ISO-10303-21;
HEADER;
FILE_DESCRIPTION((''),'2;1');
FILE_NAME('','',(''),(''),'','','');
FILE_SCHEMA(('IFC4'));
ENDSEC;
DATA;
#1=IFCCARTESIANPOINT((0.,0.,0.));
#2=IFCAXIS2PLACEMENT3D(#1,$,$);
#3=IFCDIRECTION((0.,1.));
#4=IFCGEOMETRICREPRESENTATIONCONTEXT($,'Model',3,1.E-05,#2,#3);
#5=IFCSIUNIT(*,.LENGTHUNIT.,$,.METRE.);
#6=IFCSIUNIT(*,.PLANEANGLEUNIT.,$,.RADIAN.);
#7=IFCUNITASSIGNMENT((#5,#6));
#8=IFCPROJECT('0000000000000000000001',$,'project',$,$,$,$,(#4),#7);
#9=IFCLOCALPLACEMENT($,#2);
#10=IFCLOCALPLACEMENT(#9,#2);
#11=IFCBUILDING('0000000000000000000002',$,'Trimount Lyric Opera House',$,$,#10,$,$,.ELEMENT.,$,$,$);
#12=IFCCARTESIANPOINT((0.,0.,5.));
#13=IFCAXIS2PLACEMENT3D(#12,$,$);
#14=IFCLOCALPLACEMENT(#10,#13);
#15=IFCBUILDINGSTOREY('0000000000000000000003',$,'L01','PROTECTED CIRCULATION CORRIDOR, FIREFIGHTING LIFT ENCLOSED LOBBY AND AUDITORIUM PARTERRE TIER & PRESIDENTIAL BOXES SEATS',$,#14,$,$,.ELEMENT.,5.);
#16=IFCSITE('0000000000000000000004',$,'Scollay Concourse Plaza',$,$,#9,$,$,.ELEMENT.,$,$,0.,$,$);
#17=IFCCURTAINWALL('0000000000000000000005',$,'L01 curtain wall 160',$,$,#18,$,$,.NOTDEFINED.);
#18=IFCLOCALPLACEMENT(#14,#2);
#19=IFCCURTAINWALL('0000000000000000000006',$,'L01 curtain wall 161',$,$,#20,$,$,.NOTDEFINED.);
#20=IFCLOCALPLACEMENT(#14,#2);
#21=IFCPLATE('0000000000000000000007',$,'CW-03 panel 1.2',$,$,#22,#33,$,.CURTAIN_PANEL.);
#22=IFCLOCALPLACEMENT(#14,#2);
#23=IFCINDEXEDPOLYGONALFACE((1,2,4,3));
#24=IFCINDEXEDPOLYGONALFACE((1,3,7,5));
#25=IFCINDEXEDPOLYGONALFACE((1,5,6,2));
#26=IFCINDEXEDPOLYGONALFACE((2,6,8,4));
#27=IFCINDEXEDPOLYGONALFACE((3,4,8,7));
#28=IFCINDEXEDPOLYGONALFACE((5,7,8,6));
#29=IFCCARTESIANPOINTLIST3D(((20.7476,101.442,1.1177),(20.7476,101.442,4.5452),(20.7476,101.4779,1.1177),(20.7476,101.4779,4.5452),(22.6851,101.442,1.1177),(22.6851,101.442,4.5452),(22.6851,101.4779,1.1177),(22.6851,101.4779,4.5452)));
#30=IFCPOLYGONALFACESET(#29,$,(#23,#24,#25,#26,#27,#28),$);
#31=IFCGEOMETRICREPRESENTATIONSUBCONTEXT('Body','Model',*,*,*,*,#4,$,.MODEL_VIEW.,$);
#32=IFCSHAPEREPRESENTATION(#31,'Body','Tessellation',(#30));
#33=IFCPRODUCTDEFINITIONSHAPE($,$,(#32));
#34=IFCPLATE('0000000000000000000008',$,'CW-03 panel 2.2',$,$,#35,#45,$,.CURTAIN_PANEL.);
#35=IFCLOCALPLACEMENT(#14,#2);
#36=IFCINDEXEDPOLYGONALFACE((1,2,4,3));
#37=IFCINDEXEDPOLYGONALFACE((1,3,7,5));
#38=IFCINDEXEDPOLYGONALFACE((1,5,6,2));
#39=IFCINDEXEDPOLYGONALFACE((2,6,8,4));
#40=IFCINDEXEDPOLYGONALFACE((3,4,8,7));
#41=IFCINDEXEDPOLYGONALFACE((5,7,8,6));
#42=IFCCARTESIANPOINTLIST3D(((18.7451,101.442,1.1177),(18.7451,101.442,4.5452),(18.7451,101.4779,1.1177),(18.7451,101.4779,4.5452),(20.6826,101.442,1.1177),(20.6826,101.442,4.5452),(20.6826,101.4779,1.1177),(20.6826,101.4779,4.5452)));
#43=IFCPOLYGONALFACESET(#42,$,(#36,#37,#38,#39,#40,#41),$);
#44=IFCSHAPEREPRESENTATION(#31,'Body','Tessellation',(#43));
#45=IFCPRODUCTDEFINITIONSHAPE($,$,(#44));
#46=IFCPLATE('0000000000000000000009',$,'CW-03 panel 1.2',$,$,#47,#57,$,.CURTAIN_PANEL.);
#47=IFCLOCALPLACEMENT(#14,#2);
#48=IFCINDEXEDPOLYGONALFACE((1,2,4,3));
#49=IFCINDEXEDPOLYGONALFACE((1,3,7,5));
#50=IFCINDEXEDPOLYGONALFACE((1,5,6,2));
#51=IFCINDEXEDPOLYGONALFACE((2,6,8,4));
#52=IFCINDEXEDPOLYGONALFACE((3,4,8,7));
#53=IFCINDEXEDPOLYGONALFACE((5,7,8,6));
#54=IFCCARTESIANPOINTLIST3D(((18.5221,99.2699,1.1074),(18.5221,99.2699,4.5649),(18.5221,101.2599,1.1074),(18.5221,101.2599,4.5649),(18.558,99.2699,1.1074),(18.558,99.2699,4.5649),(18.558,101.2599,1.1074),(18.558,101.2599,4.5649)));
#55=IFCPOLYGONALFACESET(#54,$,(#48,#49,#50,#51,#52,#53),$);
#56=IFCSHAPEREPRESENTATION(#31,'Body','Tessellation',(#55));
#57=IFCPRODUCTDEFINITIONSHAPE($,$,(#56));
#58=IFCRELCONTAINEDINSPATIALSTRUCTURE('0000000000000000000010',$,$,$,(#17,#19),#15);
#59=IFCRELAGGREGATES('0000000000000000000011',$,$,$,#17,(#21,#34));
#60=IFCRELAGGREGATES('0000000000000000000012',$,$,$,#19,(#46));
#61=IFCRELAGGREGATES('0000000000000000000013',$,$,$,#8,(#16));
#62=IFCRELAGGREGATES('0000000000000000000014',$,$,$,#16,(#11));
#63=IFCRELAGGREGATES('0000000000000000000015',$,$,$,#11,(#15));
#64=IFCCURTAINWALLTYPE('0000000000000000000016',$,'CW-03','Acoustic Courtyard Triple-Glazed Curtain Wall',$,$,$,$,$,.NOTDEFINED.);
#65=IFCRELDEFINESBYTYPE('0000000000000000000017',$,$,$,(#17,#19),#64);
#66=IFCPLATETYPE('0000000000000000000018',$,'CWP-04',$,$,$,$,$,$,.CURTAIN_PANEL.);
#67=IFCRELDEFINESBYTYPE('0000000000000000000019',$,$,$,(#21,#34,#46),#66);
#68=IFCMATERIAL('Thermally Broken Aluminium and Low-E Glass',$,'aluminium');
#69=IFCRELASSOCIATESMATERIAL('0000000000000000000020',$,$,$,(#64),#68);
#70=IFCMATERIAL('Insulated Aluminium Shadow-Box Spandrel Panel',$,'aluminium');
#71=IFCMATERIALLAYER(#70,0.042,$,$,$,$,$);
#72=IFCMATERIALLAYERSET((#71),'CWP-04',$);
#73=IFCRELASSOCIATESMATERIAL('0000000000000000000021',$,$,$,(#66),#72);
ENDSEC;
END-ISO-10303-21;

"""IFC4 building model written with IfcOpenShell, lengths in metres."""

from ifc_helpers import new_model, si_unit, direction, frame, origin, origin_2d, place, context, subcontext, project, spatial, rectangle, extrude, material, layer, layer_set, type_object, element, aggregate, save


model = new_model("IFC4")

# Units and contexts
model_context = context("Model", 3, precision=1e-05, world=origin(), true_north=direction((0.0, 1.0)))
body_context = subcontext(model_context, "Body", "Model", "MODEL_VIEW")
ifc_project = project(units=[si_unit("LENGTHUNIT", "METRE"), si_unit("PLANEANGLEUNIT", "RADIAN")], contexts=[model_context])

# Site, building, storey
site_placement = place(None, origin())
site = spatial("IfcSite", under=ifc_project, at=site_placement, Name="Scollay Concourse Plaza", CompositionType="ELEMENT", RefElevation=0.0)
building_placement = place(site_placement, origin())
building = spatial("IfcBuilding", under=site, at=building_placement, Name="Trimount Lyric Opera House", CompositionType="ELEMENT")
storey_placement = place(building_placement, frame((0.0, 0.0, 5.0)))
storey = spatial("IfcBuildingStorey", under=building, at=storey_placement, Name="L01", Description="PROTECTED CIRCULATION CORRIDOR, FIREFIGHTING LIFT ENCLOSED LOBBY AND AUDITORIUM PARTERRE TIER & PRESIDENTIAL BOXES SEATS", CompositionType="ELEMENT", Elevation=5.0)

# Curtain walls
ifc_material_1 = material(Name="Thermally Broken Aluminium and Low-E Glass", Category="aluminium")
curtain_wall_type = type_object("IfcCurtainWallType", Name="CW-03", Description="Acoustic Courtyard Triple-Glazed Curtain Wall", PredefinedType="NOTDEFINED", material=ifc_material_1)
curtain_wall_1_placement = place(storey_placement, origin())
curtain_wall_1 = element("IfcCurtainWall", 1, at=curtain_wall_1_placement, inside=storey, type_object=curtain_wall_type, Name="L01 curtain wall 160", PredefinedType="NOTDEFINED")
curtain_wall_2_placement = place(storey_placement, origin())
curtain_wall_2 = element("IfcCurtainWall", 2, at=curtain_wall_2_placement, inside=storey, type_object=curtain_wall_type, Name="L01 curtain wall 161", PredefinedType="NOTDEFINED")

# Plates
ifc_material_2 = material(Name="Insulated Aluminium Shadow-Box Spandrel Panel", Category="aluminium")
ifc_layer_1 = layer(ifc_material_2, 0.042)
ifc_layer_set_1 = layer_set([ifc_layer_1], Name="CWP-04")
plate_type_1 = type_object("IfcPlateType", Name="CWP-04", PredefinedType="CURTAIN_PANEL", material=ifc_layer_set_1)
plate_1_placement = place(storey_placement, frame((21.7163, 101.46, 1.1177), z_axis=(0.0, 0.0, 1.0), x_axis=(-1.0, 0.0, 0.0)))
plate_1 = element("IfcPlate", 3, at=plate_1_placement, type_object=plate_type_1, Name="CW-03 panel 1.2", PredefinedType="CURTAIN_PANEL", context=body_context, shape_type="SweptSolid", body=[
    extrude(rectangle(XDim=1.9375, YDim=0.0359, at=origin_2d()), origin(), (0.0, 0.0, 1.0), 3.4275),
])
plate_2_placement = place(storey_placement, frame((19.7139, 101.46, 1.1177), z_axis=(0.0, 0.0, 1.0), x_axis=(-1.0, 0.0, 0.0)))
plate_2 = element("IfcPlate", 4, at=plate_2_placement, type_object=plate_type_1, Name="CW-03 panel 2.2", PredefinedType="CURTAIN_PANEL", context=body_context, shape_type="SweptSolid", body=[
    extrude(rectangle(XDim=1.9375, YDim=0.0359, at=origin_2d()), origin(), (0.0, 0.0, 1.0), 3.4275),
])
aggregate(curtain_wall_1, [plate_1, plate_2])
plate_3_placement = place(storey_placement, frame((18.54, 100.2649, 1.1074), z_axis=(0.0, 0.0, 1.0), x_axis=(0.0, -1.0, 0.0)))
plate_3 = element("IfcPlate", 5, at=plate_3_placement, type_object=plate_type_1, Name="CW-03 panel 1.2", PredefinedType="CURTAIN_PANEL", context=body_context, shape_type="SweptSolid", body=[
    extrude(rectangle(XDim=1.99, YDim=0.0359, at=origin_2d()), origin(), (0.0, 0.0, 1.0), 3.4575),
])
aggregate(curtain_wall_2, [plate_3])

save(model, "model.ifc")
